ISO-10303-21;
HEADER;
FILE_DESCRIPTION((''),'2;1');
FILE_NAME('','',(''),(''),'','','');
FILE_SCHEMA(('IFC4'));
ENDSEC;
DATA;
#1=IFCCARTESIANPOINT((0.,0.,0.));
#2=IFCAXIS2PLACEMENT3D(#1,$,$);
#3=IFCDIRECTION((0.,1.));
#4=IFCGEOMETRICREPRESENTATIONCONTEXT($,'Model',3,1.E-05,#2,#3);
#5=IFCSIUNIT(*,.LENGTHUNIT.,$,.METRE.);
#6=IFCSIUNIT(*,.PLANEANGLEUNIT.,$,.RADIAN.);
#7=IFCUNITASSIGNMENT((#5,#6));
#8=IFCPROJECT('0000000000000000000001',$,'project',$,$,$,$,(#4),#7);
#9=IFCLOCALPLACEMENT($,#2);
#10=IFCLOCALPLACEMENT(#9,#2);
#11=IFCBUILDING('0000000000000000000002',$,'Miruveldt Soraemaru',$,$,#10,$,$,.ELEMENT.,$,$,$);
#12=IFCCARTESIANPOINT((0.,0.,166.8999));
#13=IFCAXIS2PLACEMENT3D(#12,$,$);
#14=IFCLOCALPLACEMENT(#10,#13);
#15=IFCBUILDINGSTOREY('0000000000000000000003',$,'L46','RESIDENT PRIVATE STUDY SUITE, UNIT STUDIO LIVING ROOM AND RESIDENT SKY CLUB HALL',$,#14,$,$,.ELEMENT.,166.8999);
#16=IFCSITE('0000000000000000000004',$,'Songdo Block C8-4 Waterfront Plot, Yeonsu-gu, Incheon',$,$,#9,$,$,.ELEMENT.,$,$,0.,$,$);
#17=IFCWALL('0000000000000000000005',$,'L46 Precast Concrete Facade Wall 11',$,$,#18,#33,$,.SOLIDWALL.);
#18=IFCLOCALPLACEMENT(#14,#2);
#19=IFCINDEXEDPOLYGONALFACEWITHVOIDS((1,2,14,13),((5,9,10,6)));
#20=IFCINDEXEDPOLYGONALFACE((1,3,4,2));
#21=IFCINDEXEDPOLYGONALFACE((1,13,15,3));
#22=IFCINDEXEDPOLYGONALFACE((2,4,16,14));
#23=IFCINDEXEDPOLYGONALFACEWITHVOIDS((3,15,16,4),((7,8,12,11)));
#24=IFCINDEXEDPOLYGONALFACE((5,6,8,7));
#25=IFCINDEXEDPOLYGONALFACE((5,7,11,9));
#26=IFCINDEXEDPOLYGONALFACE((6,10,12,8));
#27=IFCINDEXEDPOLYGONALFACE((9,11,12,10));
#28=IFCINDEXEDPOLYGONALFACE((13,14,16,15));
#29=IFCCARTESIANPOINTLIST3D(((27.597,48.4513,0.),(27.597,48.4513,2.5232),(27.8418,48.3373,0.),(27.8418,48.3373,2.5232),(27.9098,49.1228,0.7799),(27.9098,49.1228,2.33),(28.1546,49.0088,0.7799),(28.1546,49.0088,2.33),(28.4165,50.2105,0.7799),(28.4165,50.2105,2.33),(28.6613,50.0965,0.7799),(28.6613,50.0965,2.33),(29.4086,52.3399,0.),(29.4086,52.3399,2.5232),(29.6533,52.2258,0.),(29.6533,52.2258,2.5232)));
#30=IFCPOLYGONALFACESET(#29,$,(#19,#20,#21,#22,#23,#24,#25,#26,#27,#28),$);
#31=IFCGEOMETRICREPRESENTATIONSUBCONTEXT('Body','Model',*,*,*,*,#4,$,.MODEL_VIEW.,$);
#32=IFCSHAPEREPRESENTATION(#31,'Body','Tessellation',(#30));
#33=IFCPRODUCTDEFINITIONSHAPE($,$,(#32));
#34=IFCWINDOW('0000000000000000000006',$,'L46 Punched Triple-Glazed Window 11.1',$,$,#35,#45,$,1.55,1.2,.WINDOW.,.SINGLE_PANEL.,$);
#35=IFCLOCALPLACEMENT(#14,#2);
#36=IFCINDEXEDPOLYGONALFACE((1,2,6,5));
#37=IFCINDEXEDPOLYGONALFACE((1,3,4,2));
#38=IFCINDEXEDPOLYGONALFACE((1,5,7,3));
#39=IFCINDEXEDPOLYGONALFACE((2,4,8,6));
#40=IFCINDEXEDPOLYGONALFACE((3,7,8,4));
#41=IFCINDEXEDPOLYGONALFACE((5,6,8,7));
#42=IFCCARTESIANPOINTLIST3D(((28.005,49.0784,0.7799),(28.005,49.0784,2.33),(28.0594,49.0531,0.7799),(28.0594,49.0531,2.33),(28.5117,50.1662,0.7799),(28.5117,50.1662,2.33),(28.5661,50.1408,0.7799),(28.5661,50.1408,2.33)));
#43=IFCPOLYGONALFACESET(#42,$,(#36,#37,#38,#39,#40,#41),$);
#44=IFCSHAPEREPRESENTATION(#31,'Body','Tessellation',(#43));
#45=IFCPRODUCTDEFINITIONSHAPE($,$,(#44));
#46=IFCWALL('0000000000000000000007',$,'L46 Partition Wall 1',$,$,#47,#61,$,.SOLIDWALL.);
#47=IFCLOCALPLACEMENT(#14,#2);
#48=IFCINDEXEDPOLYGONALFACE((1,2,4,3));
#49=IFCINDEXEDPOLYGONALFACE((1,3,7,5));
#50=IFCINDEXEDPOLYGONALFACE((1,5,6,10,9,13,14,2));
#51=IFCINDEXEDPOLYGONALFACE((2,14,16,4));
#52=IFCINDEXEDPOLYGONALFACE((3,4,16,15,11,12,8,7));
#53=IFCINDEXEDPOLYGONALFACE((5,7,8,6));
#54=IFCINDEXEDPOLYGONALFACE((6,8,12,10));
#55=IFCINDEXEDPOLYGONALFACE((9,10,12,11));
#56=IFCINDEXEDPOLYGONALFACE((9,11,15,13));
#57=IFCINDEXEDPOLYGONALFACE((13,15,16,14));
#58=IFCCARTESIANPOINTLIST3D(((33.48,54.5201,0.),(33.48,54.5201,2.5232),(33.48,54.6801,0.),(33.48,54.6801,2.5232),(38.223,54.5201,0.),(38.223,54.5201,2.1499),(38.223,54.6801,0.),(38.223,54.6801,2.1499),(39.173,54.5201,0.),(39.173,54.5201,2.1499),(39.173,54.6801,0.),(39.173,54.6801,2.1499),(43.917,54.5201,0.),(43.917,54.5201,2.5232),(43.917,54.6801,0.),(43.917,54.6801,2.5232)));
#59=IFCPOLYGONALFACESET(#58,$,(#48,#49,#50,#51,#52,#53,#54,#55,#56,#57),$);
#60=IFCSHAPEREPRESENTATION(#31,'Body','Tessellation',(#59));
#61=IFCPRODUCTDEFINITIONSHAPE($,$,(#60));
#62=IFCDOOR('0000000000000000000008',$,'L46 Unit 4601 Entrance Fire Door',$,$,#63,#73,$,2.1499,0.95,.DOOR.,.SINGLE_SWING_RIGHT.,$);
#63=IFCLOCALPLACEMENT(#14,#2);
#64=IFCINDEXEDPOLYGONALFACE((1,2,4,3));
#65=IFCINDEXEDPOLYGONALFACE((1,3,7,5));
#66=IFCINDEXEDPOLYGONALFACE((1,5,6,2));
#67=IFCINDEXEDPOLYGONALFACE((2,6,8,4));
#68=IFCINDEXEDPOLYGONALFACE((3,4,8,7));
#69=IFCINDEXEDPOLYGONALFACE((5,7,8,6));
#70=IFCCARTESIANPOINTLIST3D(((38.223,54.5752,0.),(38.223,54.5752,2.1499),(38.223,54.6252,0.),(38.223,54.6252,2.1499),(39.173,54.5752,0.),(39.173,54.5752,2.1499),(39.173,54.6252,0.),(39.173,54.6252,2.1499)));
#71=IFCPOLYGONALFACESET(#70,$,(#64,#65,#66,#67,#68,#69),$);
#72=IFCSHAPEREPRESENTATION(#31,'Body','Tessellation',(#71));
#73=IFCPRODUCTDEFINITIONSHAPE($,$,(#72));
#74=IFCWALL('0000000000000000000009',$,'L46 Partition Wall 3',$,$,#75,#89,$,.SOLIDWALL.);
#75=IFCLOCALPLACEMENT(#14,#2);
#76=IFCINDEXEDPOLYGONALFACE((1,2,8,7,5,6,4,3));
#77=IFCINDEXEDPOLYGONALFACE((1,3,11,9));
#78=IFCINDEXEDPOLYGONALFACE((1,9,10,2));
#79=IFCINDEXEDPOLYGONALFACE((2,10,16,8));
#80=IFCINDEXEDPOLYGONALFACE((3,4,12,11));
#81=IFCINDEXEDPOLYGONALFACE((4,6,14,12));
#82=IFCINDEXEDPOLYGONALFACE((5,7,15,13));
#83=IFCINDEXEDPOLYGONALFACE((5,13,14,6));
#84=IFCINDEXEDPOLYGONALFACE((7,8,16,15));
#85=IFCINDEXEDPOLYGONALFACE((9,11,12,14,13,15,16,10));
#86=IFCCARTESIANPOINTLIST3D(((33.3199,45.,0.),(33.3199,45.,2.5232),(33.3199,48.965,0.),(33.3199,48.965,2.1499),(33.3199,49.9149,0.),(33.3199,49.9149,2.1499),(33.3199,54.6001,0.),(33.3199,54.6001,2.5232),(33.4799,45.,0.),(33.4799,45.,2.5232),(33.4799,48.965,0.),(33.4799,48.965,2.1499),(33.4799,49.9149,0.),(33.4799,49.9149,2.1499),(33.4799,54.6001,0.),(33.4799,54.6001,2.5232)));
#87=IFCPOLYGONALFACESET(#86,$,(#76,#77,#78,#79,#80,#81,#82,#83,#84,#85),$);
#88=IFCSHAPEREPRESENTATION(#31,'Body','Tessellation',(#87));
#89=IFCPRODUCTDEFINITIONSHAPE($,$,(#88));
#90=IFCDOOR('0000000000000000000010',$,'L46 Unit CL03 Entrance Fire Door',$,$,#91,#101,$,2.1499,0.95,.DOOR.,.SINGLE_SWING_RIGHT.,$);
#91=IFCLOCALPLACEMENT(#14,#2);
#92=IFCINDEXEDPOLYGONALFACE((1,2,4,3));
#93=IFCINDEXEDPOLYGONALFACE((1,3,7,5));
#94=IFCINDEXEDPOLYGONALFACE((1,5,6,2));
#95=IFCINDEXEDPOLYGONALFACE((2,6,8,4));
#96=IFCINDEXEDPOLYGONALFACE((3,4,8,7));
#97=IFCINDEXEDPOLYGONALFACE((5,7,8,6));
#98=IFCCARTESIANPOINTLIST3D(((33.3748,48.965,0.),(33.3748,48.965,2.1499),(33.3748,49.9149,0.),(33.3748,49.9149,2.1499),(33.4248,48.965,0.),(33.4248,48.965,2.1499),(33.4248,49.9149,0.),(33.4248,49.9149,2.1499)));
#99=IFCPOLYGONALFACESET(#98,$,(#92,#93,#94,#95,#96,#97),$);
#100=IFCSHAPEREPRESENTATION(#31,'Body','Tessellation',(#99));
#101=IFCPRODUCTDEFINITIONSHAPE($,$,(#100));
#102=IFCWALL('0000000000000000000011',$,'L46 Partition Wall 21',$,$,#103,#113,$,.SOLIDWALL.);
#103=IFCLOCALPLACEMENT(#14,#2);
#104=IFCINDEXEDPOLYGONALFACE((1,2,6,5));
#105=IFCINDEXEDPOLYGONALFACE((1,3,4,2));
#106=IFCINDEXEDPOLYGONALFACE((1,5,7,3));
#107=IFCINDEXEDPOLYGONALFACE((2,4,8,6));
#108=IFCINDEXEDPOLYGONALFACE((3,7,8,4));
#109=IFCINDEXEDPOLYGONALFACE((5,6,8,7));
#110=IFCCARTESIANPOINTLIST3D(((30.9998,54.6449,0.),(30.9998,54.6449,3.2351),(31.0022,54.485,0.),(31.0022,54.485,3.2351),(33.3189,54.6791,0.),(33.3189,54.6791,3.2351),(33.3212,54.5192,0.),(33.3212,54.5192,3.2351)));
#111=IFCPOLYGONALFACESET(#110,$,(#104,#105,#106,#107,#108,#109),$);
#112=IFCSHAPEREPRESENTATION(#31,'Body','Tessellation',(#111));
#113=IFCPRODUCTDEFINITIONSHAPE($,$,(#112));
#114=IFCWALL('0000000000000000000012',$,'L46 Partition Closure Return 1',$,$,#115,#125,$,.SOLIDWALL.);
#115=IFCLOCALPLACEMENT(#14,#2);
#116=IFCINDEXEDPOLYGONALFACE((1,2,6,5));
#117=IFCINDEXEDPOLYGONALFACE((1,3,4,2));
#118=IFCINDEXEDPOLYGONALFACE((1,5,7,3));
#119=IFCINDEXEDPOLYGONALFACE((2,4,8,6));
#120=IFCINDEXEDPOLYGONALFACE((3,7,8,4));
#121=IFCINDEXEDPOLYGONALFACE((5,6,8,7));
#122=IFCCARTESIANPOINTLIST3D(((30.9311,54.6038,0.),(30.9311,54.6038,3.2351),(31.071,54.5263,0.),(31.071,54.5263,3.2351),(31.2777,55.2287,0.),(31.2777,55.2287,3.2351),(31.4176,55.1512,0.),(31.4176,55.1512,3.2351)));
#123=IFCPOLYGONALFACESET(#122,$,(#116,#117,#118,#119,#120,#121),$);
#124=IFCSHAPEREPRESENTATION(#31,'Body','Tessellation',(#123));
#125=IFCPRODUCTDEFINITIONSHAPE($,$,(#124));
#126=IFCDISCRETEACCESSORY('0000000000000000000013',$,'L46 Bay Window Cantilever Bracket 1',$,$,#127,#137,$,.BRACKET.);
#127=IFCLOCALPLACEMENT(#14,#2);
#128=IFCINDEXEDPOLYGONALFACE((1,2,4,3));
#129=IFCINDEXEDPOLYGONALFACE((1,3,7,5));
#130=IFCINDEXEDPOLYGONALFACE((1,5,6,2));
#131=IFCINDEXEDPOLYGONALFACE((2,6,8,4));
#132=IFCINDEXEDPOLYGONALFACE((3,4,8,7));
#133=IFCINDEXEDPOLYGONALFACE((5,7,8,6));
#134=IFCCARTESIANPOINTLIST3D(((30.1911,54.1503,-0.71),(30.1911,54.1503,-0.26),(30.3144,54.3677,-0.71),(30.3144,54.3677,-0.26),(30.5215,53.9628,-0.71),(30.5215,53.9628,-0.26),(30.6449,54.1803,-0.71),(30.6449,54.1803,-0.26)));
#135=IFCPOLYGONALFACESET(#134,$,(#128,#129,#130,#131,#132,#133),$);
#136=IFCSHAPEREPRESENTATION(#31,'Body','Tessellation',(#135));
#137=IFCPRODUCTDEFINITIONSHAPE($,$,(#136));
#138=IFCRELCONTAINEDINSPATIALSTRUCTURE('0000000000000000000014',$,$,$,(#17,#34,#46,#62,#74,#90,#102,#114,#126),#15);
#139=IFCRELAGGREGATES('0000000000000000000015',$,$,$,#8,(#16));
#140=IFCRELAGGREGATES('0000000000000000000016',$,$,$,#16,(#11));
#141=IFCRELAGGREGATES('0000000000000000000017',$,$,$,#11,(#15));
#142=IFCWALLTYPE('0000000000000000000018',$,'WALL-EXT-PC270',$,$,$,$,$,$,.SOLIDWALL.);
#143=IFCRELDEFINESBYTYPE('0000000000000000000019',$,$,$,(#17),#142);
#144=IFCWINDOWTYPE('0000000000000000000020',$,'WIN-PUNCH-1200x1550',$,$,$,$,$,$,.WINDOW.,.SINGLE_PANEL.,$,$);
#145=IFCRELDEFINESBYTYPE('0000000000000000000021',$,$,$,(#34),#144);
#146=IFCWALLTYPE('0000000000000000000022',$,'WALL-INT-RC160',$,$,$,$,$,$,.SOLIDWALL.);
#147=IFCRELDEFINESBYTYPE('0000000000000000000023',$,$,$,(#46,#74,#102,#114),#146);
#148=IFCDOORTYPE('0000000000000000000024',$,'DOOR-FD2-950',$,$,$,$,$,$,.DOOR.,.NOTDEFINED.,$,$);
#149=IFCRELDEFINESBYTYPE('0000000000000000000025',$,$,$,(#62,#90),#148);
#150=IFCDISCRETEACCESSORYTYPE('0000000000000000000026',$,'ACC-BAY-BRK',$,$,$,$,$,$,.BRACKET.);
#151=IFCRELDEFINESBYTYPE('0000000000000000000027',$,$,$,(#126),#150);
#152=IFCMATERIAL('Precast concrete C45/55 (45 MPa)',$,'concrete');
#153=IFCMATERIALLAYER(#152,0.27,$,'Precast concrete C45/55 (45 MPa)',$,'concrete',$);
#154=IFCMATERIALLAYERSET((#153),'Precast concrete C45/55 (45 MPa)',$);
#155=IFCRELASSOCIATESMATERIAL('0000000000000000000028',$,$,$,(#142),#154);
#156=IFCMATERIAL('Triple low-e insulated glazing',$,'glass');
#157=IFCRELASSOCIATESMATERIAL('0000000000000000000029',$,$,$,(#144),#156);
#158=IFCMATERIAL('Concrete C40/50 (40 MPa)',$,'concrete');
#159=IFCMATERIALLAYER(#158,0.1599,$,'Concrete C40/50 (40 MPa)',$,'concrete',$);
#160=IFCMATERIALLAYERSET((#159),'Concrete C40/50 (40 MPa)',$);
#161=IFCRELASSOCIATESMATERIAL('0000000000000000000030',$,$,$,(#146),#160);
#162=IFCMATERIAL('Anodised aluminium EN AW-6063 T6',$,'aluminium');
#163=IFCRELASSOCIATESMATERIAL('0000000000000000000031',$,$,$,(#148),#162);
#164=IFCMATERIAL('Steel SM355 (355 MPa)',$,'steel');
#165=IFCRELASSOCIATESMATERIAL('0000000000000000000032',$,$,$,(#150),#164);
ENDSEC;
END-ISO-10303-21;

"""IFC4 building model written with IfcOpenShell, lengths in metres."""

from ifc_helpers import new_model, si_unit, direction, frame, frame_2d, origin, origin_2d, place, context, subcontext, project, spatial, rectangle, extrude, material, layer, layer_set, type_object, element, fill, save


model = new_model("IFC4")

# Units and contexts
model_context = context("Model", 3, precision=1e-05, world=origin(), true_north=direction((0.0, 1.0)))
body_context = subcontext(model_context, "Body", "Model", "MODEL_VIEW")
ifc_project = project(units=[si_unit("LENGTHUNIT", "METRE"), si_unit("PLANEANGLEUNIT", "RADIAN")], contexts=[model_context])

# Site, building, storey
site_placement = place(None, origin())
site = spatial("IfcSite", under=ifc_project, at=site_placement, Name="Songdo Block C8-4 Waterfront Plot, Yeonsu-gu, Incheon", CompositionType="ELEMENT", RefElevation=0.0)
building_placement = place(site_placement, origin())
building = spatial("IfcBuilding", under=site, at=building_placement, Name="Miruveldt Soraemaru", CompositionType="ELEMENT")
storey_placement = place(building_placement, frame((0.0, 0.0, 166.8999)))
storey = spatial("IfcBuildingStorey", under=building, at=storey_placement, Name="L46", Description="RESIDENT PRIVATE STUDY SUITE, UNIT STUDIO LIVING ROOM AND RESIDENT SKY CLUB HALL", CompositionType="ELEMENT", Elevation=166.8999)

# Shared definitions
ifc_material_1 = material(Name="Steel SM355 (355 MPa)", Category="steel")

# Shared definitions
ifc_material_2 = material(Name="Anodised aluminium EN AW-6063 T6", Category="aluminium")

# Shared definitions
ifc_material_3 = material(Name="Triple low-e insulated glazing", Category="glass")

# Shared definitions
ifc_material_4 = material(Name="Precast concrete C45/55 (45 MPa)", Category="concrete")
ifc_layer_1 = layer(ifc_material_4, 0.27, Name="Precast concrete C45/55 (45 MPa)", Category="concrete")
ifc_layer_set_1 = layer_set([ifc_layer_1], Name="Precast concrete C45/55 (45 MPa)")
wall_type_1 = type_object("IfcWallType", Name="WALL-EXT-PC270", PredefinedType="SOLIDWALL", material=ifc_layer_set_1)

# Wall, opening, window
wall_1_placement = place(storey_placement, frame((29.531, 52.283, 0.0), z_axis=(0.0, 0.0, 1.0), x_axis=(-0.422297, -0.906458, 0.0)))
wall_1 = element("IfcWall", 1, at=wall_1_placement, inside=storey, type_object=wall_type_1, Name="L46 Precast Concrete Facade Wall 11", PredefinedType="SOLIDWALL", context=body_context, shape_type="SweptSolid", body=[
    extrude(rectangle(XDim=4.2898, YDim=0.27, at=frame_2d((2.145, 0.0))), origin(), (0.0, 0.0, 1.0), 2.5232),
])
opening_1_placement = place(wall_1_placement, frame((2.3491, 0.0, 0.78)))
opening_1 = element("IfcOpeningElement", 2, at=opening_1_placement, cuts=wall_1, PredefinedType="OPENING", context=body_context, shape_type="SweptSolid", body=[
    extrude(rectangle(XDim=1.2, YDim=1.55, at=frame_2d((0.6001, 0.7749))), frame((0.0, 0.145, 0.0), z_axis=(0.0, -1.0, 0.0), x_axis=(1.0, 0.0, 0.0)), (0.0, 0.0, 1.0), 0.29),
])
window_type_1 = type_object("IfcWindowType", Name="WIN-PUNCH-1200x1550", PartitioningType="SINGLE_PANEL", PredefinedType="WINDOW", material=ifc_material_3)
window_1_placement = place(opening_1_placement, origin())
window_1 = element("IfcWindow", 3, at=window_1_placement, inside=storey, type_object=window_type_1, Name="L46 Punched Triple-Glazed Window 11.1", OverallHeight=1.55, OverallWidth=1.2, PartitioningType="SINGLE_PANEL", PredefinedType="WINDOW", context=body_context, shape_type="SweptSolid", body=[
    extrude(rectangle(XDim=1.2, YDim=1.55, at=frame_2d((0.6001, 0.7749))), frame((0.0, 0.03, 0.0), z_axis=(0.0, -1.0, 0.0), x_axis=(1.0, 0.0, 0.0)), (0.0, 0.0, 1.0), 0.0601),
])
fill(opening_1, window_1)

# Walls, openings, doors
ifc_material_5 = material(Name="Concrete C40/50 (40 MPa)", Category="concrete")
ifc_layer_2 = layer(ifc_material_5, 0.1599, Name="Concrete C40/50 (40 MPa)", Category="concrete")
ifc_layer_set_2 = layer_set([ifc_layer_2], Name="Concrete C40/50 (40 MPa)")
wall_type_2 = type_object("IfcWallType", Name="WALL-INT-RC160", PredefinedType="SOLIDWALL", material=ifc_layer_set_2)
wall_2_placement = place(storey_placement, frame((43.917, 54.6001, 0.0), z_axis=(0.0, 0.0, 1.0), x_axis=(-1.0, 0.0, 0.0)))
wall_2 = element("IfcWall", 4, at=wall_2_placement, inside=storey, type_object=wall_type_2, Name="L46 Partition Wall 1", PredefinedType="SOLIDWALL", context=body_context, shape_type="SweptSolid", body=[
    extrude(rectangle(XDim=10.437, YDim=0.1599, at=frame_2d((5.2185, 0.0))), origin(), (0.0, 0.0, 1.0), 2.5232),
])
opening_2_placement = place(wall_2_placement, frame((4.7439, 0.0, 0.0)))
opening_2 = element("IfcOpeningElement", 5, at=opening_2_placement, cuts=wall_2, PredefinedType="OPENING", context=body_context, shape_type="SweptSolid", body=[
    extrude(rectangle(XDim=0.95, YDim=2.1499, at=frame_2d((0.4751, 1.075))), frame((0.0, 0.0898, 0.0), z_axis=(0.0, -1.0, 0.0), x_axis=(1.0, 0.0, 0.0)), (0.0, 0.0, 1.0), 0.1799),
])
door_type = type_object("IfcDoorType", Name="DOOR-FD2-950", OperationType="NOTDEFINED", PredefinedType="DOOR", material=ifc_material_2)
door_1_placement = place(opening_2_placement, origin())
door_1 = element("IfcDoor", 6, at=door_1_placement, inside=storey, type_object=door_type, Name="L46 Unit 4601 Entrance Fire Door", OperationType="SINGLE_SWING_RIGHT", OverallHeight=2.1499, OverallWidth=0.95, PredefinedType="DOOR", context=body_context, shape_type="SweptSolid", body=[
    extrude(rectangle(XDim=0.95, YDim=2.1499, at=frame_2d((0.4751, 1.075))), frame((0.0, 0.0249, 0.0), z_axis=(0.0, -1.0, 0.0), x_axis=(1.0, 0.0, 0.0)), (0.0, 0.0, 1.0), 0.05),
])
fill(opening_2, door_1)
wall_3_placement = place(storey_placement, frame((33.3999, 54.6001, 0.0), z_axis=(0.0, 0.0, 1.0), x_axis=(0.0, -1.0, 0.0)))
wall_3 = element("IfcWall", 7, at=wall_3_placement, inside=storey, type_object=wall_type_2, Name="L46 Partition Wall 3", PredefinedType="SOLIDWALL", context=body_context, shape_type="SweptSolid", body=[
    extrude(rectangle(XDim=9.6001, YDim=0.1599, at=frame_2d((4.8, 0.0))), origin(), (0.0, 0.0, 1.0), 2.5232),
])
opening_3_placement = place(wall_3_placement, frame((4.6851, 0.0, 0.0)))
opening_3 = element("IfcOpeningElement", 8, at=opening_3_placement, cuts=wall_3, PredefinedType="OPENING", context=body_context, shape_type="SweptSolid", body=[
    extrude(rectangle(XDim=0.95, YDim=2.1499, at=frame_2d((0.4751, 1.075))), frame((0.0, 0.0898, 0.0), z_axis=(0.0, -1.0, 0.0), x_axis=(1.0, 0.0, 0.0)), (0.0, 0.0, 1.0), 0.1799),
])
door_2_placement = place(opening_3_placement, origin())
door_2 = element("IfcDoor", 9, at=door_2_placement, inside=storey, type_object=door_type, Name="L46 Unit CL03 Entrance Fire Door", OperationType="SINGLE_SWING_RIGHT", OverallHeight=2.1499, OverallWidth=0.95, PredefinedType="DOOR", context=body_context, shape_type="SweptSolid", body=[
    extrude(rectangle(XDim=0.95, YDim=2.1499, at=frame_2d((0.4751, 1.075))), frame((0.0, 0.0249, 0.0), z_axis=(0.0, -1.0, 0.0), x_axis=(1.0, 0.0, 0.0)), (0.0, 0.0, 1.0), 0.05),
])
fill(opening_3, door_2)

# Walls
wall_4_placement = place(storey_placement, frame((31.001, 54.5649, 0.0), z_axis=(0.0, 0.0, 1.0), x_axis=(0.999891, 0.014737, 0.0)))
element("IfcWall", 10, at=wall_4_placement, inside=storey, type_object=wall_type_2, Name="L46 Partition Wall 21", PredefinedType="SOLIDWALL", context=body_context, shape_type="SweptSolid", body=[
    extrude(rectangle(XDim=2.3193, YDim=0.1599, at=frame_2d((1.1597, 0.0))), origin(), (0.0, 0.0, 1.0), 3.2351),
])
wall_5_placement = place(storey_placement, frame((31.001, 54.5649, 0.0), z_axis=(0.0, 0.0, 1.0), x_axis=(0.485063, 0.874479, 0.0)))
element("IfcWall", 11, at=wall_5_placement, inside=storey, type_object=wall_type_2, Name="L46 Partition Closure Return 1", PredefinedType="SOLIDWALL", context=body_context, shape_type="SweptSolid", body=[
    extrude(rectangle(XDim=0.7146, YDim=0.1599, at=frame_2d((0.3574, 0.0))), origin(), (0.0, 0.0, 1.0), 3.2351),
])

# Discrete accessory
discrete_accessory_type = type_object("IfcDiscreteAccessoryType", Name="ACC-BAY-BRK", PredefinedType="BRACKET", material=ifc_material_1)
discrete_accessory_placement = place(storey_placement, frame((30.418, 54.1653, -0.71), z_axis=(0.0, 0.0, 1.0), x_axis=(-0.869822, 0.493365, 0.0)))
element("IfcDiscreteAccessory", 12, at=discrete_accessory_placement, inside=storey, type_object=discrete_accessory_type, Name="L46 Bay Window Cantilever Bracket 1", PredefinedType="BRACKET", context=body_context, shape_type="SweptSolid", body=[
    extrude(rectangle(XDim=0.3799, YDim=0.25, at=origin_2d()), origin(), (0.0, 0.0, 1.0), 0.45),
])

save(model, "model.ifc")
